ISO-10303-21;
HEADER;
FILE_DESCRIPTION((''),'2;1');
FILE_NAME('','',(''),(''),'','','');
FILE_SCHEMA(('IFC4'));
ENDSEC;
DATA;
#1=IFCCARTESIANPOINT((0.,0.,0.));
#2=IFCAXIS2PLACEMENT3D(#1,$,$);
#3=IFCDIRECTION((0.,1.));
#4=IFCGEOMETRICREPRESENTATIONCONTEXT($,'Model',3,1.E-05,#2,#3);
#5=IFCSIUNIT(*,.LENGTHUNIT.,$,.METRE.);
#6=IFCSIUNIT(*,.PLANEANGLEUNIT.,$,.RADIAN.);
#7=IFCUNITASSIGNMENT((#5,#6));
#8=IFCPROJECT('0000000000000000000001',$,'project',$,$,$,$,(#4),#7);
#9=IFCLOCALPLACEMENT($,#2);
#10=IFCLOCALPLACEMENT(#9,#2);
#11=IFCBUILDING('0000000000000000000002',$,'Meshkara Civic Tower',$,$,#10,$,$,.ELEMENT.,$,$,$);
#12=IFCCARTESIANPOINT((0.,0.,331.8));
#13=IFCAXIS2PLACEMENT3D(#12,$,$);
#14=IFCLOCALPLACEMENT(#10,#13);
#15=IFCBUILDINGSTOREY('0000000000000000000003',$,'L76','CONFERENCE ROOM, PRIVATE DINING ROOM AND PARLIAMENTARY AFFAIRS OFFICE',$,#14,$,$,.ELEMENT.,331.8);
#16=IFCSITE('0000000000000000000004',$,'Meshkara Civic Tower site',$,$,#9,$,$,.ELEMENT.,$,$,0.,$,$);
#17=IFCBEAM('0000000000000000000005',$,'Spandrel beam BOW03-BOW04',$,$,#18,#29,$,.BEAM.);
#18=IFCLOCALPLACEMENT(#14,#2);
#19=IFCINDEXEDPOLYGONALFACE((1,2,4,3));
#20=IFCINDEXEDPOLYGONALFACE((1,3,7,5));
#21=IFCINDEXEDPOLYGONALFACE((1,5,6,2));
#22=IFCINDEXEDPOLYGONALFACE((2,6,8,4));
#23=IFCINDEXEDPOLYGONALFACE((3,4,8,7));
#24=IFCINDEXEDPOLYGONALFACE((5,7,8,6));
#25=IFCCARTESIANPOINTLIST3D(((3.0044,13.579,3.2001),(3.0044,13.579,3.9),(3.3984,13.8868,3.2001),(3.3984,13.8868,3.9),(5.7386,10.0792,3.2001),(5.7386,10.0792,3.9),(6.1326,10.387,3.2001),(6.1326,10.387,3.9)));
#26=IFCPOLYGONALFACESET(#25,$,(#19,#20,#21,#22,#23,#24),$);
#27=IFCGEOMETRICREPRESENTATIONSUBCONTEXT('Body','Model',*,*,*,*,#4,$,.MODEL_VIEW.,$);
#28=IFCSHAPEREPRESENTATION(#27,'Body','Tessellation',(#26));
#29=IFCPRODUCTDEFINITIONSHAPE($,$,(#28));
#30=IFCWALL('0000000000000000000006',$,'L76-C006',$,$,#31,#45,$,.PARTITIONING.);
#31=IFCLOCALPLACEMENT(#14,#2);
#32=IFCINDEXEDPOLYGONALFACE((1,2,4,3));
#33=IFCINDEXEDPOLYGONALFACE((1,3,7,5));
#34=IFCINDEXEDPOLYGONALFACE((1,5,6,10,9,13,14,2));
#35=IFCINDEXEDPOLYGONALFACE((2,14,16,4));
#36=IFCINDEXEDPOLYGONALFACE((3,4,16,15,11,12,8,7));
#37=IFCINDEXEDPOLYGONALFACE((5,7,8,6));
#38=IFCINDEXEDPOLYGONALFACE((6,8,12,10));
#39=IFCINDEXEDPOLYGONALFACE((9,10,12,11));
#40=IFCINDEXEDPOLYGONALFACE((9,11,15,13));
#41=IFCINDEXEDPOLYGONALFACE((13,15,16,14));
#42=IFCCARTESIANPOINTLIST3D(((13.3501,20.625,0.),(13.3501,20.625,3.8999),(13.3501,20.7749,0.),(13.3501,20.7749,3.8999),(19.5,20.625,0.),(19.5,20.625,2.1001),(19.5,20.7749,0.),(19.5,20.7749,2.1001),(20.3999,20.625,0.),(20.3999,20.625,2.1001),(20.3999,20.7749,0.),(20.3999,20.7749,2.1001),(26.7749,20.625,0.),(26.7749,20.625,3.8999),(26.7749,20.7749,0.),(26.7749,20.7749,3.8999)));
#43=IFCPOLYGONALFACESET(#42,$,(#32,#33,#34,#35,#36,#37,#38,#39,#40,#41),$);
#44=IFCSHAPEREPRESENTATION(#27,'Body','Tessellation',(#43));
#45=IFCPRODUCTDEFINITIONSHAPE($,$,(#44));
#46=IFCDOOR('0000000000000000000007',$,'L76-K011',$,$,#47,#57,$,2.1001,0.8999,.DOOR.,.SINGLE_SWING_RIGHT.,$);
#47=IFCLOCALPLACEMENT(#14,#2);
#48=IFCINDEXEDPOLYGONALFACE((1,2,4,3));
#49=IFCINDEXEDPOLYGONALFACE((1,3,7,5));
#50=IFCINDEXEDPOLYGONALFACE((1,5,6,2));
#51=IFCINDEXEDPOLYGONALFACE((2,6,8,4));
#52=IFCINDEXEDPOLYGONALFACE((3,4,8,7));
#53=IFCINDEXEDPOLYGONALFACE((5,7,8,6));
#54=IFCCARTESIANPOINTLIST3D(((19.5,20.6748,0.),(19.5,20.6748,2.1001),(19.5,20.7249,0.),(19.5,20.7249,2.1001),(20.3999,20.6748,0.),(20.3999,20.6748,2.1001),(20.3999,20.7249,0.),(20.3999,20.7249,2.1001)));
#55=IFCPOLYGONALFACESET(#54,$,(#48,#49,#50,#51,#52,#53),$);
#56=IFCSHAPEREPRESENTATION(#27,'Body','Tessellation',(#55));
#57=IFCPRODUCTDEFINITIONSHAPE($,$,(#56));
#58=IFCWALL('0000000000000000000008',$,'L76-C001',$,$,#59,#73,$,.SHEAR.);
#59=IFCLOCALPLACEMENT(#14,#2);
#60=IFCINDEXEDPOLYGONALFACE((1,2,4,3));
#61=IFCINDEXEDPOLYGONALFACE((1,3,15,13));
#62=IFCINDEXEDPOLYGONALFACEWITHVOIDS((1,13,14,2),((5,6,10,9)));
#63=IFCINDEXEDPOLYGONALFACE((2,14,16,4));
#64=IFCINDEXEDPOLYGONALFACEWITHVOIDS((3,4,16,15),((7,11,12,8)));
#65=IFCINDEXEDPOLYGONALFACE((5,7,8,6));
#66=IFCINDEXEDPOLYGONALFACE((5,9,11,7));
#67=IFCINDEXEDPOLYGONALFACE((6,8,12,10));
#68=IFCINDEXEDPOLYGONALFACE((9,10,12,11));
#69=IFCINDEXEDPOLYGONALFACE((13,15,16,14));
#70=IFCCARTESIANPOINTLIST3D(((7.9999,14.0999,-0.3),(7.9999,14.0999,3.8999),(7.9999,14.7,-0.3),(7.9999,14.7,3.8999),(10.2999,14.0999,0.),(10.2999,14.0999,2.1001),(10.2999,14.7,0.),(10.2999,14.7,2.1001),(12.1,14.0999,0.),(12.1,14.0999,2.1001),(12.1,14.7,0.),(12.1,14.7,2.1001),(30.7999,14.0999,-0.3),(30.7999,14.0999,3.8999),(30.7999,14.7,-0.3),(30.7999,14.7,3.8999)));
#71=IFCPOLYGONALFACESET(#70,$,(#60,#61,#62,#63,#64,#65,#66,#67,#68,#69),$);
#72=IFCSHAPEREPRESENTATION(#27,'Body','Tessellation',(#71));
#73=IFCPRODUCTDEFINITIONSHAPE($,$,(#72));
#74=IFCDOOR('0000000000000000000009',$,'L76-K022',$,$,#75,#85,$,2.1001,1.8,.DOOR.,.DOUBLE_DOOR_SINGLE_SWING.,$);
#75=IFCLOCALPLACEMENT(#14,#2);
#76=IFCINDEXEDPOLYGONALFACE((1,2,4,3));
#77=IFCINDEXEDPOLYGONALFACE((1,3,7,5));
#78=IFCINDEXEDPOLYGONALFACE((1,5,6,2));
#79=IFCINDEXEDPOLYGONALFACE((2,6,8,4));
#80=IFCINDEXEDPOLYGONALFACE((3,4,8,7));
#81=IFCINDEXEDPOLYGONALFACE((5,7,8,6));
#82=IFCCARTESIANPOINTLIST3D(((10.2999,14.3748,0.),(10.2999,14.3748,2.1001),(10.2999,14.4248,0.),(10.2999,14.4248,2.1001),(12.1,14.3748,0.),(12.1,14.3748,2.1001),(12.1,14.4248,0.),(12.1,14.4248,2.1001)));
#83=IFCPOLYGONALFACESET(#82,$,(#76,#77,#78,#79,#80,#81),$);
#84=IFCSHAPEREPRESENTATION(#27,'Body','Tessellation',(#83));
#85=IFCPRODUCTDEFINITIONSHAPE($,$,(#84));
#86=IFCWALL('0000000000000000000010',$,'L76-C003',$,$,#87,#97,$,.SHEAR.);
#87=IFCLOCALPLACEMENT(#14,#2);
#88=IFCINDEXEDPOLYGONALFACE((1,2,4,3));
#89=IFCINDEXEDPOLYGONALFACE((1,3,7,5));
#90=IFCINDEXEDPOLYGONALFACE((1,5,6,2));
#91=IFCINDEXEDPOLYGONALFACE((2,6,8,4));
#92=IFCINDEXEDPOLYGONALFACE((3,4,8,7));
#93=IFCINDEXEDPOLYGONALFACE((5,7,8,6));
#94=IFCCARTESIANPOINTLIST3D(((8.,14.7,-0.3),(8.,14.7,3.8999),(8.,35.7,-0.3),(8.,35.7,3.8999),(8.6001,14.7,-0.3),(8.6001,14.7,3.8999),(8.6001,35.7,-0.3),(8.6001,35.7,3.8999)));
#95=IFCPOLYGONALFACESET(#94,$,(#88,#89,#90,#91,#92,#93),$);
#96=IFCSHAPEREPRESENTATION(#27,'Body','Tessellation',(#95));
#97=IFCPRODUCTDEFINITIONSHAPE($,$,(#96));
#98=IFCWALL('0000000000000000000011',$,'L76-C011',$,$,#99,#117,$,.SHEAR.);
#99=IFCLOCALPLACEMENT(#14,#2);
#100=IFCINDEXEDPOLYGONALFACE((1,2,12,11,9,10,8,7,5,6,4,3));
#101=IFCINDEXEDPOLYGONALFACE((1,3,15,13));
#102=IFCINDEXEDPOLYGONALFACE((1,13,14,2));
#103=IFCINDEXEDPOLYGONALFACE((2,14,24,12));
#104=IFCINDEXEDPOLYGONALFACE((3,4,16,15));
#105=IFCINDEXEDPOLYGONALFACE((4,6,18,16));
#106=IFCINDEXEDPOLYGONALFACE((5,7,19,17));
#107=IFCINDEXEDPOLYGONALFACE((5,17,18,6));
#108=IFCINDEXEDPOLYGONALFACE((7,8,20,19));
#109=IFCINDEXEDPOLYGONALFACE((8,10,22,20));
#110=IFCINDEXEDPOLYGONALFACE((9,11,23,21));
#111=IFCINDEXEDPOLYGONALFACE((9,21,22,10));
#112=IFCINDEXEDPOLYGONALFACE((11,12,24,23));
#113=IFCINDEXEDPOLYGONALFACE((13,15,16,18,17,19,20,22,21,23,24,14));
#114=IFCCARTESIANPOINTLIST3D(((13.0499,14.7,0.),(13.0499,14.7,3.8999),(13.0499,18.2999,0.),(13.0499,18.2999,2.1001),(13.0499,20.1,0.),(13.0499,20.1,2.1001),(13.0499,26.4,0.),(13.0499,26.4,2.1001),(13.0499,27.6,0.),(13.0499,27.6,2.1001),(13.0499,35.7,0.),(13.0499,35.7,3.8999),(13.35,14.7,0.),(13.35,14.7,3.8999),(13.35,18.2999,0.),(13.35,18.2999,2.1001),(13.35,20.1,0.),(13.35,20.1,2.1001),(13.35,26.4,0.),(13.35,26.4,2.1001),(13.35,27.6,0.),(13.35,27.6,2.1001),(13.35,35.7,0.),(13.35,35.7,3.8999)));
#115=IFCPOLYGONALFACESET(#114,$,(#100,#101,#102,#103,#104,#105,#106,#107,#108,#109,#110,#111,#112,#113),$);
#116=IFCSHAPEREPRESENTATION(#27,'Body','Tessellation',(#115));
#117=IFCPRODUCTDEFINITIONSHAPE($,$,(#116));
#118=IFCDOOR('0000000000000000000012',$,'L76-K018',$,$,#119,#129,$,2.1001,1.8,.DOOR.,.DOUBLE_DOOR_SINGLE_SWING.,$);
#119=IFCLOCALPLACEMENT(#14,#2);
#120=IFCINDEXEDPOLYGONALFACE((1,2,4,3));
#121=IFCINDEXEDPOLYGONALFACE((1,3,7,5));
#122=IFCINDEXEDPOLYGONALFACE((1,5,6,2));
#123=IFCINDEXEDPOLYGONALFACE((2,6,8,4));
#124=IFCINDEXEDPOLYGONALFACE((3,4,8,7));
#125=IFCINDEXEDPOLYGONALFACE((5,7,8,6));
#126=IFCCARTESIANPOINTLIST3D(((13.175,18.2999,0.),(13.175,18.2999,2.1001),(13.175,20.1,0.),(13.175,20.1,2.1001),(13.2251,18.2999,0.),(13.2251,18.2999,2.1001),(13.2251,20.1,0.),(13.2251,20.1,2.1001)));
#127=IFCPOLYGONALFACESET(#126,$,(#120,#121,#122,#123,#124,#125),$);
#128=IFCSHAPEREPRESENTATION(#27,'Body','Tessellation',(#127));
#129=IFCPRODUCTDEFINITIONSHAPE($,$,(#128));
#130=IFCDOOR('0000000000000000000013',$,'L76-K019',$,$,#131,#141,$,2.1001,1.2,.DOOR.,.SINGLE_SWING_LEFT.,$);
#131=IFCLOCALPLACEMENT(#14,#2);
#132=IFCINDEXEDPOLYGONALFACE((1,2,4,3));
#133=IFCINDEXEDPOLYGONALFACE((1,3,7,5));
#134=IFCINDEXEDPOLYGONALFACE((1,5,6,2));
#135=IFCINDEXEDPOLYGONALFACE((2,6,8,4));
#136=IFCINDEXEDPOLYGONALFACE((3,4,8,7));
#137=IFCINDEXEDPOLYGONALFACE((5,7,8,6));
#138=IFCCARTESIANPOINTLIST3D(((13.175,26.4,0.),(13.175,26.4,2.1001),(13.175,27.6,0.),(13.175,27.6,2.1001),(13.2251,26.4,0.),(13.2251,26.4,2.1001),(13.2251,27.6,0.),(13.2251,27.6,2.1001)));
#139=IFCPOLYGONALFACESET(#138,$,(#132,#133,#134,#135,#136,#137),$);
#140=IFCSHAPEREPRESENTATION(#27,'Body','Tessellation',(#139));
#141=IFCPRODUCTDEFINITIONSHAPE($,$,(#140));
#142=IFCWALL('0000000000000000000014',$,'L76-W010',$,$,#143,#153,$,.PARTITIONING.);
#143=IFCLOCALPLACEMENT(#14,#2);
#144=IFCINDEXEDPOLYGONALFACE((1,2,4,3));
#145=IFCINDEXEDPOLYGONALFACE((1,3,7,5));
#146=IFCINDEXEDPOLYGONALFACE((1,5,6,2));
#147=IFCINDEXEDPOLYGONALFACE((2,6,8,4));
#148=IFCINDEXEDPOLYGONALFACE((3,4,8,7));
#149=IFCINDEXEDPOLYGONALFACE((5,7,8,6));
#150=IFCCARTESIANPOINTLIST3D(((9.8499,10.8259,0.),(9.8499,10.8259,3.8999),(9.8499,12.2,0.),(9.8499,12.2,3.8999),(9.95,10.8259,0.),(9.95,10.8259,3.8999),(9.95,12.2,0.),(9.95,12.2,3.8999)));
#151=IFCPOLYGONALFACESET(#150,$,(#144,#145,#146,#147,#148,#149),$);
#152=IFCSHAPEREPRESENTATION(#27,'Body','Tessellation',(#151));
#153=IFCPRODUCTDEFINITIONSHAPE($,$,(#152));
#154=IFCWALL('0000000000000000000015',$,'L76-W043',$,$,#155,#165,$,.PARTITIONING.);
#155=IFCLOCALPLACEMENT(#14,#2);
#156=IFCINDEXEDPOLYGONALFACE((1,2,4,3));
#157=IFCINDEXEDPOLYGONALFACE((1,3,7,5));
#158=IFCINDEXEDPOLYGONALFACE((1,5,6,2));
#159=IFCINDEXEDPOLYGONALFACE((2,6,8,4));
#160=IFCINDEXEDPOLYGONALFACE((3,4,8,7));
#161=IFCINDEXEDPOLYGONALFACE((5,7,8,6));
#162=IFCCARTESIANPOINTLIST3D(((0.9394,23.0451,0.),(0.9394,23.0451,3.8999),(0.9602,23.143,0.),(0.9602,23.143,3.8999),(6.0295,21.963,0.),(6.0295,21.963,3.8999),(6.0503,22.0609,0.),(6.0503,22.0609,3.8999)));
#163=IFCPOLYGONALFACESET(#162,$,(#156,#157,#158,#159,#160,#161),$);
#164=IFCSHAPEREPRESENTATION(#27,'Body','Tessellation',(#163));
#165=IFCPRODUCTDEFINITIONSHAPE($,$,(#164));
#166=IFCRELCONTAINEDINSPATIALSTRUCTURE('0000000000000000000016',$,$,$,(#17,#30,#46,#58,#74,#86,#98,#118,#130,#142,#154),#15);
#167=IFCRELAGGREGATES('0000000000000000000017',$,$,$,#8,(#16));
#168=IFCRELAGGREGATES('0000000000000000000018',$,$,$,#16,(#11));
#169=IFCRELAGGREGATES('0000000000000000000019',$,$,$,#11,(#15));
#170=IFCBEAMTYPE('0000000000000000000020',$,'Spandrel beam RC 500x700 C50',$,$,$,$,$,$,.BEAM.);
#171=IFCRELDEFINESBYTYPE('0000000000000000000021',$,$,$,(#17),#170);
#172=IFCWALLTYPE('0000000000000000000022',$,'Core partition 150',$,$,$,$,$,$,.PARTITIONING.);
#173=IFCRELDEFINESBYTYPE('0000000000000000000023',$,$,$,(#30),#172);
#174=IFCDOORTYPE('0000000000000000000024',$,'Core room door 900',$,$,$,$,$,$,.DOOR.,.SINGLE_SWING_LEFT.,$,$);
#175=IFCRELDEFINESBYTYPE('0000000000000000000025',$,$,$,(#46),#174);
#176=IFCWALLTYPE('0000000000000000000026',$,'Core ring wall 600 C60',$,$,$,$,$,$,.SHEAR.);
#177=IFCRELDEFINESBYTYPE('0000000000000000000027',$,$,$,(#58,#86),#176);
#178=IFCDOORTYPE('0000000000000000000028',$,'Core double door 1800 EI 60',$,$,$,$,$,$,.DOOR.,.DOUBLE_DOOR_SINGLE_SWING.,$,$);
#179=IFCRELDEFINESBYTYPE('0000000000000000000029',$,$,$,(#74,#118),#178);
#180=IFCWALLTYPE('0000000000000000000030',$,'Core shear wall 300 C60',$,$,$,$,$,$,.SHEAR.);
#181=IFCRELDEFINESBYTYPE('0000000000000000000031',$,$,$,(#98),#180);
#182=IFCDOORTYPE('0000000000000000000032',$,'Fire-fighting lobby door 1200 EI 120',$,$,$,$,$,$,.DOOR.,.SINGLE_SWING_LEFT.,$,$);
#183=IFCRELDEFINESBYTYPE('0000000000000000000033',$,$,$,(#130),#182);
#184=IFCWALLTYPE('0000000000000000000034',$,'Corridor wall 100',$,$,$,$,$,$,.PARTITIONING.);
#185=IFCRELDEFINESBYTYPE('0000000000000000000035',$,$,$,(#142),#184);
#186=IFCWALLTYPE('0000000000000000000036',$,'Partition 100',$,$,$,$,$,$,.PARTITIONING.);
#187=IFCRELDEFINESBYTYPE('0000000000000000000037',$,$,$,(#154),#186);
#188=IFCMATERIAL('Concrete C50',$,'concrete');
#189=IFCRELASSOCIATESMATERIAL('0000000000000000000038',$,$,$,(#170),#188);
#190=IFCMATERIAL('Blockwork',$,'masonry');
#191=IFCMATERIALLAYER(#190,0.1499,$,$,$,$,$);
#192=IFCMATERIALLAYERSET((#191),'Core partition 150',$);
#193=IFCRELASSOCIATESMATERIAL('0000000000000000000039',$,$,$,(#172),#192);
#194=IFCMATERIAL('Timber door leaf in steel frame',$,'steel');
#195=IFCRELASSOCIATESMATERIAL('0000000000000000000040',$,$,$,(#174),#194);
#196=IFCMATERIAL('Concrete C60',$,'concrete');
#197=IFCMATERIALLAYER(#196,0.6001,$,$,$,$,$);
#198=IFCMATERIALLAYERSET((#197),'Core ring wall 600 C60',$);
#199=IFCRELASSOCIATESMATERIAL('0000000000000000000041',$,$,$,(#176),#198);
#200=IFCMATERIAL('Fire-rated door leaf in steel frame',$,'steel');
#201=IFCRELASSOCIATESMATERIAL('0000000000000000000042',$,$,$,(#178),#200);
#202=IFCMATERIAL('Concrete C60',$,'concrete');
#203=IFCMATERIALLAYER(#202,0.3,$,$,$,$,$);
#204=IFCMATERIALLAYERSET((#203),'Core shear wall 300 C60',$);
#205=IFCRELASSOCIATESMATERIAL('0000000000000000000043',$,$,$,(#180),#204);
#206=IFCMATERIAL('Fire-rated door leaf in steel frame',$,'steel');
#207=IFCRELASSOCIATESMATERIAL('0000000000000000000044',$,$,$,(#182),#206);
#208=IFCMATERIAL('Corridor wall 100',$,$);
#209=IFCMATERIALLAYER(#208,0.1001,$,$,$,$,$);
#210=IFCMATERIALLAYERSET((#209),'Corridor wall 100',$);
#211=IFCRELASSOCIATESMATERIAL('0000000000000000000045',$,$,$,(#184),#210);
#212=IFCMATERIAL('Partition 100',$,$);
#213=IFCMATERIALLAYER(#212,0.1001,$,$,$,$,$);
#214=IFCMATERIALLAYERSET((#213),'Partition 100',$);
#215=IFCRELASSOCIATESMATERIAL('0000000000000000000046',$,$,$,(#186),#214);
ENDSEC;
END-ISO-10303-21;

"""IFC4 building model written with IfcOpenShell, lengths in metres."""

from ifc_helpers import new_model, si_unit, direction, frame, frame_2d, origin, origin_2d, place, context, subcontext, project, spatial, rectangle, extrude, material, layer, layer_set, material_profile, profile_set, type_object, element, fill, save


model = new_model("IFC4")

# Units and contexts
model_context = context("Model", 3, precision=1e-05, world=origin(), true_north=direction((0.0, 1.0)))
body_context = subcontext(model_context, "Body", "Model", "MODEL_VIEW")
ifc_project = project(units=[si_unit("LENGTHUNIT", "METRE"), si_unit("PLANEANGLEUNIT", "RADIAN")], contexts=[model_context])

# Site, building, storey
site_placement = place(None, origin())
site = spatial("IfcSite", under=ifc_project, at=site_placement, Name="Meshkara Civic Tower site", CompositionType="ELEMENT", RefElevation=0.0)
building_placement = place(site_placement, origin())
building = spatial("IfcBuilding", under=site, at=building_placement, Name="Meshkara Civic Tower", CompositionType="ELEMENT")
storey_placement = place(building_placement, frame((0.0, 0.0, 331.8)))
storey = spatial("IfcBuildingStorey", under=building, at=storey_placement, Name="L76", Description="CONFERENCE ROOM, PRIVATE DINING ROOM AND PARLIAMENTARY AFFAIRS OFFICE", CompositionType="ELEMENT", Elevation=331.8)

# Beam
ifc_material_1 = material(Name="Concrete C50", Category="concrete")
ifc_material_profile = material_profile(ifc_material_1, rectangle(XDim=0.5, YDim=0.7, at=origin_2d()))
ifc_profile_set = profile_set([ifc_material_profile], Name="Concrete C50")
beam_type = type_object("IfcBeamType", Name="Spandrel beam RC 500x700 C50", PredefinedType="BEAM", material=ifc_profile_set)
beam_placement = place(storey_placement, frame((3.2014, 13.7329, 3.55), z_axis=(0.615637, -0.78803, 0.0), x_axis=(0.78803, 0.615637, 0.0)))
element("IfcBeam", 1, at=beam_placement, inside=storey, type_object=beam_type, Name="Spandrel beam BOW03-BOW04", PredefinedType="BEAM", context=body_context, shape_type="SweptSolid", body=[
    extrude(rectangle(XDim=0.5, YDim=0.7, at=origin_2d()), origin(), (0.0, 0.0, 1.0), 4.4412),
])

# Walls, openings, doors
ifc_material_2 = material(Name="Blockwork", Category="masonry")
ifc_layer_1 = layer(ifc_material_2, 0.1499)
ifc_layer_set_1 = layer_set([ifc_layer_1], Name="Core partition 150")
wall_type_1 = type_object("IfcWallType", Name="Core partition 150", PredefinedType="PARTITIONING", material=ifc_layer_set_1)
wall_1_placement = place(storey_placement, frame((13.3501, 20.7, 0.0), z_axis=(0.0, 0.0, 1.0), x_axis=(1.0, 0.0, 0.0)))
wall_1 = element("IfcWall", 2, at=wall_1_placement, inside=storey, type_object=wall_type_1, Name="L76-C006", PredefinedType="PARTITIONING", context=body_context, shape_type="SweptSolid", body=[
    extrude(rectangle(XDim=13.4248, YDim=0.1499, at=frame_2d((6.7124, 0.0))), origin(), (0.0, 0.0, 1.0), 3.8999),
])
opening_1_placement = place(wall_1_placement, frame((6.1499, 0.0, 0.0)))
opening_1 = element("IfcOpeningElement", 3, at=opening_1_placement, cuts=wall_1, PredefinedType="OPENING", context=body_context, shape_type="SweptSolid", body=[
    extrude(rectangle(XDim=0.8999, YDim=2.1001, at=frame_2d((0.45, 1.05))), frame((0.0, 0.085, 0.0), z_axis=(0.0, -1.0, 0.0), x_axis=(1.0, 0.0, 0.0)), (0.0, 0.0, 1.0), 0.1699),
])
ifc_material_3 = material(Name="Timber door leaf in steel frame", Category="steel")
door_type_1 = type_object("IfcDoorType", Name="Core room door 900", OperationType="SINGLE_SWING_LEFT", PredefinedType="DOOR", material=ifc_material_3)
door_1_placement = place(opening_1_placement, origin())
door_1 = element("IfcDoor", 4, at=door_1_placement, inside=storey, type_object=door_type_1, Name="L76-K011", OperationType="SINGLE_SWING_RIGHT", OverallHeight=2.1001, OverallWidth=0.8999, PredefinedType="DOOR", context=body_context, shape_type="SweptSolid", body=[
    extrude(rectangle(XDim=0.8999, YDim=2.1001, at=frame_2d((0.45, 1.05))), frame((0.0, 0.0249, 0.0), z_axis=(0.0, -1.0, 0.0), x_axis=(1.0, 0.0, 0.0)), (0.0, 0.0, 1.0), 0.05),
])
fill(opening_1, door_1)
ifc_material_4 = material(Name="Concrete C60", Category="concrete")
ifc_layer_2 = layer(ifc_material_4, 0.6001)
ifc_layer_set_2 = layer_set([ifc_layer_2], Name="Core ring wall 600 C60")
wall_type_2 = type_object("IfcWallType", Name="Core ring wall 600 C60", PredefinedType="SHEAR", material=ifc_layer_set_2)
wall_2_placement = place(storey_placement, frame((8.0, 14.3999, -0.3), z_axis=(0.0, 0.0, 1.0), x_axis=(1.0, 0.0, 0.0)))
wall_2 = element("IfcWall", 5, at=wall_2_placement, inside=storey, type_object=wall_type_2, Name="L76-C001", PredefinedType="SHEAR", context=body_context, shape_type="SweptSolid", body=[
    extrude(rectangle(XDim=22.8, YDim=0.6001, at=frame_2d((11.3999, 0.0))), origin(), (0.0, 0.0, 1.0), 4.2),
])
opening_2_placement = place(wall_2_placement, frame((2.3, 0.0, 0.3)))
opening_2 = element("IfcOpeningElement", 6, at=opening_2_placement, cuts=wall_2, PredefinedType="OPENING", context=body_context, shape_type="SweptSolid", body=[
    extrude(rectangle(XDim=1.8, YDim=2.1001, at=frame_2d((0.8999, 1.05))), frame((0.0, 0.3101, 0.0), z_axis=(0.0, -1.0, 0.0), x_axis=(1.0, 0.0, 0.0)), (0.0, 0.0, 1.0), 0.6201),
])
ifc_material_5 = material(Name="Fire-rated door leaf in steel frame", Category="steel")
door_type_2 = type_object("IfcDoorType", Name="Core double door 1800 EI 60", OperationType="DOUBLE_DOOR_SINGLE_SWING", PredefinedType="DOOR", material=ifc_material_5)
door_2_placement = place(opening_2_placement, origin())
door_2 = element("IfcDoor", 7, at=door_2_placement, inside=storey, type_object=door_type_2, Name="L76-K022", OperationType="DOUBLE_DOOR_SINGLE_SWING", OverallHeight=2.1001, OverallWidth=1.8, PredefinedType="DOOR", context=body_context, shape_type="SweptSolid", body=[
    extrude(rectangle(XDim=1.8, YDim=2.1001, at=frame_2d((0.8999, 1.05))), frame((0.0, 0.0249, 0.0), z_axis=(0.0, -1.0, 0.0), x_axis=(1.0, 0.0, 0.0)), (0.0, 0.0, 1.0), 0.05),
])
fill(opening_2, door_2)

# Wall
wall_3_placement = place(storey_placement, frame((8.3, 14.7, -0.3), z_axis=(0.0, 0.0, 1.0), x_axis=(0.0, 1.0, 0.0)))
element("IfcWall", 8, at=wall_3_placement, inside=storey, type_object=wall_type_2, Name="L76-C003", PredefinedType="SHEAR", context=body_context, shape_type="SweptSolid", body=[
    extrude(rectangle(XDim=21.0, YDim=0.6001, at=frame_2d((10.5, 0.0))), origin(), (0.0, 0.0, 1.0), 4.2),
])

# Wall, openings, doors
ifc_material_6 = material(Name="Concrete C60", Category="concrete")
ifc_layer_3 = layer(ifc_material_6, 0.3)
ifc_layer_set_3 = layer_set([ifc_layer_3], Name="Core shear wall 300 C60")
wall_type_3 = type_object("IfcWallType", Name="Core shear wall 300 C60", PredefinedType="SHEAR", material=ifc_layer_set_3)
wall_4_placement = place(storey_placement, frame((13.2, 14.7, 0.0), z_axis=(0.0, 0.0, 1.0), x_axis=(0.0, 1.0, 0.0)))
wall_4 = element("IfcWall", 9, at=wall_4_placement, inside=storey, type_object=wall_type_3, Name="L76-C011", PredefinedType="SHEAR", context=body_context, shape_type="SweptSolid", body=[
    extrude(rectangle(XDim=21.0, YDim=0.3, at=frame_2d((10.5, 0.0))), origin(), (0.0, 0.0, 1.0), 3.8999),
])
opening_3_placement = place(wall_4_placement, frame((3.6001, 0.0, 0.0)))
opening_3 = element("IfcOpeningElement", 10, at=opening_3_placement, cuts=wall_4, PredefinedType="OPENING", context=body_context, shape_type="SweptSolid", body=[
    extrude(rectangle(XDim=1.8, YDim=2.1001, at=frame_2d((0.8999, 1.05))), frame((0.0, 0.1599, 0.0), z_axis=(0.0, -1.0, 0.0), x_axis=(1.0, 0.0, 0.0)), (0.0, 0.0, 1.0), 0.3201),
])
opening_4_placement = place(wall_4_placement, frame((11.7, 0.0, 0.0)))
opening_4 = element("IfcOpeningElement", 11, at=opening_4_placement, cuts=wall_4, PredefinedType="OPENING", context=body_context, shape_type="SweptSolid", body=[
    extrude(rectangle(XDim=1.2, YDim=2.1001, at=frame_2d((0.6001, 1.05))), frame((0.0, 0.1599, 0.0), z_axis=(0.0, -1.0, 0.0), x_axis=(1.0, 0.0, 0.0)), (0.0, 0.0, 1.0), 0.3201),
])
door_3_placement = place(opening_3_placement, origin())
door_3 = element("IfcDoor", 12, at=door_3_placement, inside=storey, type_object=door_type_2, Name="L76-K018", OperationType="DOUBLE_DOOR_SINGLE_SWING", OverallHeight=2.1001, OverallWidth=1.8, PredefinedType="DOOR", context=body_context, shape_type="SweptSolid", body=[
    extrude(rectangle(XDim=1.8, YDim=2.1001, at=frame_2d((0.8999, 1.05))), frame((0.0, 0.0249, 0.0), z_axis=(0.0, -1.0, 0.0), x_axis=(1.0, 0.0, 0.0)), (0.0, 0.0, 1.0), 0.05),
])
fill(opening_3, door_3)
ifc_material_7 = material(Name="Fire-rated door leaf in steel frame", Category="steel")
door_type_3 = type_object("IfcDoorType", Name="Fire-fighting lobby door 1200 EI 120", OperationType="SINGLE_SWING_LEFT", PredefinedType="DOOR", material=ifc_material_7)
door_4_placement = place(opening_4_placement, origin())
door_4 = element("IfcDoor", 13, at=door_4_placement, inside=storey, type_object=door_type_3, Name="L76-K019", OperationType="SINGLE_SWING_LEFT", OverallHeight=2.1001, OverallWidth=1.2, PredefinedType="DOOR", context=body_context, shape_type="SweptSolid", body=[
    extrude(rectangle(XDim=1.2, YDim=2.1001, at=frame_2d((0.6001, 1.05))), frame((0.0, 0.0249, 0.0), z_axis=(0.0, -1.0, 0.0), x_axis=(1.0, 0.0, 0.0)), (0.0, 0.0, 1.0), 0.05),
])
fill(opening_4, door_4)

# Walls
ifc_material_8 = material(Name="Corridor wall 100")
ifc_layer_4 = layer(ifc_material_8, 0.1001)
ifc_layer_set_4 = layer_set([ifc_layer_4], Name="Corridor wall 100")
wall_type_4 = type_object("IfcWallType", Name="Corridor wall 100", PredefinedType="PARTITIONING", material=ifc_layer_set_4)
wall_5_placement = place(storey_placement, frame((9.8999, 12.2, 0.0), z_axis=(0.0, 0.0, 1.0), x_axis=(0.0, -1.0, 0.0)))
element("IfcWall", 14, at=wall_5_placement, inside=storey, type_object=wall_type_4, Name="L76-W010", PredefinedType="PARTITIONING", context=body_context, shape_type="SweptSolid", body=[
    extrude(rectangle(XDim=1.374, YDim=0.1001, at=frame_2d((0.687, 0.0))), origin(), (0.0, 0.0, 1.0), 3.8999),
])
ifc_material_9 = material(Name="Partition 100")
ifc_layer_5 = layer(ifc_material_9, 0.1001)
ifc_layer_set_5 = layer_set([ifc_layer_5], Name="Partition 100")
wall_type_5 = type_object("IfcWallType", Name="Partition 100", PredefinedType="PARTITIONING", material=ifc_layer_set_5)
wall_6_placement = place(storey_placement, frame((6.04, 22.012, 0.0), z_axis=(0.0, 0.0, 1.0), x_axis=(-0.978144, 0.20793, 0.0)))
element("IfcWall", 15, at=wall_6_placement, inside=storey, type_object=wall_type_5, Name="L76-W043", PredefinedType="PARTITIONING", context=body_context, shape_type="SweptSolid", body=[
    extrude(rectangle(XDim=5.2039, YDim=0.1001, at=frame_2d((2.6021, 0.0))), origin(), (0.0, 0.0, 1.0), 3.8999),
])

save(model, "model.ifc")
